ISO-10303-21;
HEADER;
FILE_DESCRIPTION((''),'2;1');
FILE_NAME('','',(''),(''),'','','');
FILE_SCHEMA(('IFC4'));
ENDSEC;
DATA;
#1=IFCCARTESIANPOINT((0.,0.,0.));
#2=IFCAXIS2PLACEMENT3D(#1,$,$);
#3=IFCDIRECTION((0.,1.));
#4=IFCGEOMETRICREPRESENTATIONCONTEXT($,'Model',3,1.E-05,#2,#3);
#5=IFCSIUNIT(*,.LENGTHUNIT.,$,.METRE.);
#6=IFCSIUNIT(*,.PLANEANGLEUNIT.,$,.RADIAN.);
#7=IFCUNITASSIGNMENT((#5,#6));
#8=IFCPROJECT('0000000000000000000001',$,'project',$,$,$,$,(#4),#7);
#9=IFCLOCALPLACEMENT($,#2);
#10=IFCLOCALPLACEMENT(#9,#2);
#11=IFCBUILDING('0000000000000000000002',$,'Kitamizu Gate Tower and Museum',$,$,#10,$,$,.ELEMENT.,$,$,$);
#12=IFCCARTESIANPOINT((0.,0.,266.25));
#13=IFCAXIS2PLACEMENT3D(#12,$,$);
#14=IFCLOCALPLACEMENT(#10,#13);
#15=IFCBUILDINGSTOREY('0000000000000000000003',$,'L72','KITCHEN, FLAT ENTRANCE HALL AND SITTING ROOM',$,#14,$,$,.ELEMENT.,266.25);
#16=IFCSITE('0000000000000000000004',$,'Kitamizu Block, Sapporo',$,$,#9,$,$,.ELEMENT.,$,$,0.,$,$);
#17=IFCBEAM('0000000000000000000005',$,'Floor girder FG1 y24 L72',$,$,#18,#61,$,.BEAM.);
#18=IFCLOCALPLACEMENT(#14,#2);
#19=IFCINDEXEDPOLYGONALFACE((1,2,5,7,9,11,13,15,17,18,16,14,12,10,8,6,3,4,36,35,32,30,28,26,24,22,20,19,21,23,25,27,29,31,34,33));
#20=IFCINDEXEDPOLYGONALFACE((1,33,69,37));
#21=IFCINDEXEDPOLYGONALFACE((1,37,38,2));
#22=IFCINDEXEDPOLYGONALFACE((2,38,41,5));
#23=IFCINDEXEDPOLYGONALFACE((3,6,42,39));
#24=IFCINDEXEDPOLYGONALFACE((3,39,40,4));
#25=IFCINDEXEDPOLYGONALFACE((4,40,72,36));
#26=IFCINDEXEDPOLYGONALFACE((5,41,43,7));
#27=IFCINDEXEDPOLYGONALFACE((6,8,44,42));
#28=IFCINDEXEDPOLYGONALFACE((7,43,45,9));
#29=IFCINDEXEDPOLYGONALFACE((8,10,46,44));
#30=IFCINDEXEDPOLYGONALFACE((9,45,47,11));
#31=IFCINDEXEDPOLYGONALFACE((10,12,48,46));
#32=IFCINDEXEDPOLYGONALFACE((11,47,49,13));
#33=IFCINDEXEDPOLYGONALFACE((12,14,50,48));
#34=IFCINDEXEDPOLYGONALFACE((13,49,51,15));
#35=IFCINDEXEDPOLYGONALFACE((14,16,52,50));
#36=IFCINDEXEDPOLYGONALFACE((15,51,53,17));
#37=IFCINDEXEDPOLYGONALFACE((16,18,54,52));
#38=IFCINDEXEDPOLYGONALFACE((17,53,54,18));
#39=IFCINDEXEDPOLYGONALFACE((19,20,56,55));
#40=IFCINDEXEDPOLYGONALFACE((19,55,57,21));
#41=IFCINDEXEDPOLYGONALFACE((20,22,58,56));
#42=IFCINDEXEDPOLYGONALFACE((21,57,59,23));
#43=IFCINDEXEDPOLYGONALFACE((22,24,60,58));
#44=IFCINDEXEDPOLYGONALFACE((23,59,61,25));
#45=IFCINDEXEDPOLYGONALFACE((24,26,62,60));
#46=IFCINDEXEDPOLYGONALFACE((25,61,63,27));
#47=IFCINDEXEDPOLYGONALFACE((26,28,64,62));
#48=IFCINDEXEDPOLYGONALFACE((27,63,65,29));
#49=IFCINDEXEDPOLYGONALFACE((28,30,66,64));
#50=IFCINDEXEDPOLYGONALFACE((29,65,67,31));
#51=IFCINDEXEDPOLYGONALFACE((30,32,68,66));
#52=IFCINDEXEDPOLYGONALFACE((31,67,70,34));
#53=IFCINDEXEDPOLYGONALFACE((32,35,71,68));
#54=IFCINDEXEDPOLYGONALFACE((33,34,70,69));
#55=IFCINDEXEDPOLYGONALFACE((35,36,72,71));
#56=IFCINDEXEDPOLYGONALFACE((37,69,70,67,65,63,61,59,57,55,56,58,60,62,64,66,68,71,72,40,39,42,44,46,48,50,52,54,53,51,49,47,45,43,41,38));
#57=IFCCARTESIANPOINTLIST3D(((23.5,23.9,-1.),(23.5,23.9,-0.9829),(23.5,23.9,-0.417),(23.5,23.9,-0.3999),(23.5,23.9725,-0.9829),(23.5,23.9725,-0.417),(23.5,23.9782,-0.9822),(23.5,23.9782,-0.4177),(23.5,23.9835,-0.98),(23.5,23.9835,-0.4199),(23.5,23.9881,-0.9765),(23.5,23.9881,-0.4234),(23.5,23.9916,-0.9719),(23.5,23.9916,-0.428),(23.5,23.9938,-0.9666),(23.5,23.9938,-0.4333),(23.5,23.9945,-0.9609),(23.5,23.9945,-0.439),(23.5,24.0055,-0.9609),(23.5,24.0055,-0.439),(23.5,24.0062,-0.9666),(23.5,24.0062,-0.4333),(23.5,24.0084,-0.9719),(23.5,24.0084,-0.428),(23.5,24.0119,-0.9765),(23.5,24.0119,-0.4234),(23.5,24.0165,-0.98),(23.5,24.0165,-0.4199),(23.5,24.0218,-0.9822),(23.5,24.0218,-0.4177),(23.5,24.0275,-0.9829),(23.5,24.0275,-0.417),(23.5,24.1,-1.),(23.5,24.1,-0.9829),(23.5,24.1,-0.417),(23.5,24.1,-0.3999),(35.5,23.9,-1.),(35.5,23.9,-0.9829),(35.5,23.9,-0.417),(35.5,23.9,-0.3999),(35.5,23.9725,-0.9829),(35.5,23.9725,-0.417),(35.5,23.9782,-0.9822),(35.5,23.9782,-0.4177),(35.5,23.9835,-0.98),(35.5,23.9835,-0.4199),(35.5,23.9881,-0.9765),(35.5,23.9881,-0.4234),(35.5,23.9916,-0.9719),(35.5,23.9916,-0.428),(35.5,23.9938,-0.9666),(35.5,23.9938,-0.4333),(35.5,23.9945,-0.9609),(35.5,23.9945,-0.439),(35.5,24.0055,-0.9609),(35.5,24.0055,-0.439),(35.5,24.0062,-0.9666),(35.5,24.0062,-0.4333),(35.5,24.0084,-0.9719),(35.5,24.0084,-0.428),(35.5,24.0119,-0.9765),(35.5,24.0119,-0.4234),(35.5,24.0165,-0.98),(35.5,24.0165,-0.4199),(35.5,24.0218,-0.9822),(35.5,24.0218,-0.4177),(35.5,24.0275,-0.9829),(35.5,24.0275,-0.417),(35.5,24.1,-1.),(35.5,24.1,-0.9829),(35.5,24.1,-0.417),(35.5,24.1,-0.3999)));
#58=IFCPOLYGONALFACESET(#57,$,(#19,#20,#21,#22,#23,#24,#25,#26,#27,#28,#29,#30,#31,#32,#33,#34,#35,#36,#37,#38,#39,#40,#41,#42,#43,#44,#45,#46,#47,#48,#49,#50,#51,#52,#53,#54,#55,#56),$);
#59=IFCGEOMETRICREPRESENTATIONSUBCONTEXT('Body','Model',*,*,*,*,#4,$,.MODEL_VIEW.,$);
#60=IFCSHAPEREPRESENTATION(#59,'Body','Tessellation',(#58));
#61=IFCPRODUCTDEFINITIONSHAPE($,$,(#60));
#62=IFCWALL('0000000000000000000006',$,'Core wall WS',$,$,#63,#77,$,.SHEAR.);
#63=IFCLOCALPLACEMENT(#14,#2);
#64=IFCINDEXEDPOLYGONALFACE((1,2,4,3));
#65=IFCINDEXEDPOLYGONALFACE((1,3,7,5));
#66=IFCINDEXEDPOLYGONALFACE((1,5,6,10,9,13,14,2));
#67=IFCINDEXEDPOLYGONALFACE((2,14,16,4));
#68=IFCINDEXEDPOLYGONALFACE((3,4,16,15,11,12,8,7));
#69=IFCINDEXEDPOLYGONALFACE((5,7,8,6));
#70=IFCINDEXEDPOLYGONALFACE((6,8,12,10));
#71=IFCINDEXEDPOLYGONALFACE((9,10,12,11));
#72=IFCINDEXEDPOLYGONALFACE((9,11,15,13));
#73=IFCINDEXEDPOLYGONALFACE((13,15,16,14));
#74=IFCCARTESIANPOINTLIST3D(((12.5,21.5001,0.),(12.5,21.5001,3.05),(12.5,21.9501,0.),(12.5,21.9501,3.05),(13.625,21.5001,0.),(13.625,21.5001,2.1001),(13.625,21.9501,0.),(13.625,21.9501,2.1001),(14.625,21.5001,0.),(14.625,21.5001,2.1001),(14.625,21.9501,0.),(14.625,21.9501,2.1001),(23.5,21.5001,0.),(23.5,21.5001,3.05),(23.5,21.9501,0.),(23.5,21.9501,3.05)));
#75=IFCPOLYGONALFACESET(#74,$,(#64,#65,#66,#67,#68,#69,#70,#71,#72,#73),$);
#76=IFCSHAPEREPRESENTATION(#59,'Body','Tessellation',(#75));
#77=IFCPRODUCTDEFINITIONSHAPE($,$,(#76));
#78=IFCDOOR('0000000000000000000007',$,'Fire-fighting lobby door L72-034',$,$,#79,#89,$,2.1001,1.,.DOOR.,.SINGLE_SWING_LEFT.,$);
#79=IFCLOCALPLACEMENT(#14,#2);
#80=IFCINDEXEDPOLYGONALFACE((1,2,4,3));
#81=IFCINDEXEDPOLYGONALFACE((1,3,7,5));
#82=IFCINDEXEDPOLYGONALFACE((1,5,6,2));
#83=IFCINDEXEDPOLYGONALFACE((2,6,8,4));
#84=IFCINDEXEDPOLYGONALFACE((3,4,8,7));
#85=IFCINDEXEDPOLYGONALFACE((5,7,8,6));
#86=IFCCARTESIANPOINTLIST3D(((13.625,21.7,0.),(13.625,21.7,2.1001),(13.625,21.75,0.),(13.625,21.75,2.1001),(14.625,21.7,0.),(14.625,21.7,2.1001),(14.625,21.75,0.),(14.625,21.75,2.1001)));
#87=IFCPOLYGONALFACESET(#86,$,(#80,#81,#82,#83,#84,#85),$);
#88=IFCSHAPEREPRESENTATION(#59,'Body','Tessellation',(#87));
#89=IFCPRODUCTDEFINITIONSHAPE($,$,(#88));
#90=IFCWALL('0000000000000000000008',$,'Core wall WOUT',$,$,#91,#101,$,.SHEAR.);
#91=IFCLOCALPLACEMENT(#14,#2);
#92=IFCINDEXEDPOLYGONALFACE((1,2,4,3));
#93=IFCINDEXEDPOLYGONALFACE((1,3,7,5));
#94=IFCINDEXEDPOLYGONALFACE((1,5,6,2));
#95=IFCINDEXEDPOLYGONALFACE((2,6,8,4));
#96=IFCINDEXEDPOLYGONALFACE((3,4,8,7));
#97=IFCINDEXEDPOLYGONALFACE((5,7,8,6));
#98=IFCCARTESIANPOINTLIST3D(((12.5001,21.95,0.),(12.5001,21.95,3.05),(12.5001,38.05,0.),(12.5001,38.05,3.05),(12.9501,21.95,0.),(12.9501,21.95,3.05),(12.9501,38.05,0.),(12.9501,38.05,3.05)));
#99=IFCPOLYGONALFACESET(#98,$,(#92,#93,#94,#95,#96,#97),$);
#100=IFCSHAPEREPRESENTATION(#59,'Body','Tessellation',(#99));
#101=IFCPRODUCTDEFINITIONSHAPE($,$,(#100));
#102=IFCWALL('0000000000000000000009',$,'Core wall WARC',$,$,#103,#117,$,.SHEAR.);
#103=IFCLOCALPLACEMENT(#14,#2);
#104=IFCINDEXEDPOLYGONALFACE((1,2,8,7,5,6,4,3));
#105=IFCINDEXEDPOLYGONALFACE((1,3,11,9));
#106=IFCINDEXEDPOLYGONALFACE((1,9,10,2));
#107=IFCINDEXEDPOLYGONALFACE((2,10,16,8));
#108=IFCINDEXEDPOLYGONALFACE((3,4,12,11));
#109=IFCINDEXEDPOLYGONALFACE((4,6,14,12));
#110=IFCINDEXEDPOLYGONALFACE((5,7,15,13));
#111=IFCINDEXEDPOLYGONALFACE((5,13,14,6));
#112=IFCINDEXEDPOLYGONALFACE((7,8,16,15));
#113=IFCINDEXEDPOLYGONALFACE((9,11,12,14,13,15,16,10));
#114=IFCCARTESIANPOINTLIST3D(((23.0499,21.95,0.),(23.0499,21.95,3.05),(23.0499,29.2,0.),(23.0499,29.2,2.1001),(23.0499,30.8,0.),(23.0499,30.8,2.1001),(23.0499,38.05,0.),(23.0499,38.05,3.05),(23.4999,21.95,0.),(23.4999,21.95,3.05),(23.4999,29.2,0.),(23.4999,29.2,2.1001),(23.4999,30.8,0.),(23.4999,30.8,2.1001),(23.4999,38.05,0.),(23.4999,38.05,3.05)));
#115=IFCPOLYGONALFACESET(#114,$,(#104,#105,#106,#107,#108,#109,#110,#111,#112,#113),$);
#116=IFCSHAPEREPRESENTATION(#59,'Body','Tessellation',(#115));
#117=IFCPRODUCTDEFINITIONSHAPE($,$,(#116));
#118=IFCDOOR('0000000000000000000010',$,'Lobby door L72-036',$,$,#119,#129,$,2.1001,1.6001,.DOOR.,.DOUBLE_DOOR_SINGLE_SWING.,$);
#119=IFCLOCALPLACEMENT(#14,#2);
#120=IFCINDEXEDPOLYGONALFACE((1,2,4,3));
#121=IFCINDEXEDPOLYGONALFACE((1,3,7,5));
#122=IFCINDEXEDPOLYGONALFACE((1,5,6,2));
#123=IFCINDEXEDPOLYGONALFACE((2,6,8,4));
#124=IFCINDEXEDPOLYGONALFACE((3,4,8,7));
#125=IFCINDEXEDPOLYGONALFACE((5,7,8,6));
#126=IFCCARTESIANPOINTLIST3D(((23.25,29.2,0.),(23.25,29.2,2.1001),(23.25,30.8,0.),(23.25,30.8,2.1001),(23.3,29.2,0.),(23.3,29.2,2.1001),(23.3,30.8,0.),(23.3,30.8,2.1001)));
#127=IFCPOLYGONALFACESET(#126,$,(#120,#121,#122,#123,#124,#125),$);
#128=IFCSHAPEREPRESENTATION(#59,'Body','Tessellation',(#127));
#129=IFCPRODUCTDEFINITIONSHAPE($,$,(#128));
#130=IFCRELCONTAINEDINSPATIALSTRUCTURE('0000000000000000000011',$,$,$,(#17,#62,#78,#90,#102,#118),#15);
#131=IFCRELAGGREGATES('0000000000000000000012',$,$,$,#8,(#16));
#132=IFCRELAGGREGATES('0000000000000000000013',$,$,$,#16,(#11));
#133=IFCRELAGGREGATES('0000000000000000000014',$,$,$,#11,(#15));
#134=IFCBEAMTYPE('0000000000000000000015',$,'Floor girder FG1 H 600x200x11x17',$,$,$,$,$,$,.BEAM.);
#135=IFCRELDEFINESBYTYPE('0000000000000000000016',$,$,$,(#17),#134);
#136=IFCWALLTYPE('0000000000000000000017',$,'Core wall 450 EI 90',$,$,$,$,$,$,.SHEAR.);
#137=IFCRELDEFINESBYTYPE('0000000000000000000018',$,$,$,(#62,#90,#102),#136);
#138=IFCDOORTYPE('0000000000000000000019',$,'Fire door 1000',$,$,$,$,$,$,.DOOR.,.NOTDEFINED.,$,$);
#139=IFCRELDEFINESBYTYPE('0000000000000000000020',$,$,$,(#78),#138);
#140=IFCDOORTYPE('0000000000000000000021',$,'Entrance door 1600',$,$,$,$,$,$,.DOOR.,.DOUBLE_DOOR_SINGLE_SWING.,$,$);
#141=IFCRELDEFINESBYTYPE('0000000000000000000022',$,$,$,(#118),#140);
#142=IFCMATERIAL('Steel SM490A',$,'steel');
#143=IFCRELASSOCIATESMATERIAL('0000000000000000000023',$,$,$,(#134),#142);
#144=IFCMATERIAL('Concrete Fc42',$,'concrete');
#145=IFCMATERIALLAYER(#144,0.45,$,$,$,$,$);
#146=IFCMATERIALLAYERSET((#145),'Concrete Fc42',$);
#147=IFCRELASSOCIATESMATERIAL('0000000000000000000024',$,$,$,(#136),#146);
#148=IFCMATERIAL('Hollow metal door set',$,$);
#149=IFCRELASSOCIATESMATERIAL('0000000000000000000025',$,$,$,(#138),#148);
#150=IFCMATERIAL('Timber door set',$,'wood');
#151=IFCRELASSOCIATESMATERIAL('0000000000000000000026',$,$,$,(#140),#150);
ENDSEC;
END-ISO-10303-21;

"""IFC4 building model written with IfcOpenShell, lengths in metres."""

from ifc_helpers import new_model, si_unit, direction, frame, frame_2d, origin, origin_2d, place, context, subcontext, project, spatial, rectangle, i_section, extrude, material, layer, layer_set, material_profile, profile_set, type_object, element, fill, save


model = new_model("IFC4")

# Units and contexts
model_context = context("Model", 3, precision=1e-05, world=origin(), true_north=direction((0.0, 1.0)))
body_context = subcontext(model_context, "Body", "Model", "MODEL_VIEW")
ifc_project = project(units=[si_unit("LENGTHUNIT", "METRE"), si_unit("PLANEANGLEUNIT", "RADIAN")], contexts=[model_context])

# Site, building, storey
site_placement = place(None, origin())
site = spatial("IfcSite", under=ifc_project, at=site_placement, Name="Kitamizu Block, Sapporo", CompositionType="ELEMENT", RefElevation=0.0)
building_placement = place(site_placement, origin())
building = spatial("IfcBuilding", under=site, at=building_placement, Name="Kitamizu Gate Tower and Museum", CompositionType="ELEMENT")
storey_placement = place(building_placement, frame((0.0, 0.0, 266.25)))
storey = spatial("IfcBuildingStorey", under=building, at=storey_placement, Name="L72", Description="KITCHEN, FLAT ENTRANCE HALL AND SITTING ROOM", CompositionType="ELEMENT", Elevation=266.25)

# Beam
ifc_material_1 = material(Name="Steel SM490A", Category="steel")
ifc_material_profile = material_profile(ifc_material_1, i_section(OverallWidth=0.2, OverallDepth=0.6001, WebThickness=0.011, FlangeThickness=0.0171, FilletRadius=0.022, at=origin_2d()), Name="H-600x200x11x17")
ifc_profile_set = profile_set([ifc_material_profile], Name="Steel SM490A")
beam_type = type_object("IfcBeamType", Name="Floor girder FG1 H 600x200x11x17", PredefinedType="BEAM", material=ifc_profile_set)
beam_placement = place(storey_placement, frame((23.5, 24.0, -0.7), z_axis=(1.0, 0.0, 0.0), x_axis=(0.0, 1.0, 0.0)))
element("IfcBeam", 1, at=beam_placement, inside=storey, type_object=beam_type, Name="Floor girder FG1 y24 L72", PredefinedType="BEAM", context=body_context, shape_type="SweptSolid", body=[
    extrude(i_section(OverallWidth=0.2, OverallDepth=0.6001, WebThickness=0.011, FlangeThickness=0.0171, FilletRadius=0.022, at=origin_2d()), origin(), (0.0, 0.0, 1.0), 12.0),
])

# Wall, opening, door
ifc_material_2 = material(Name="Concrete Fc42", Category="concrete")
ifc_layer_1 = layer(ifc_material_2, 0.45)
ifc_layer_set_1 = layer_set([ifc_layer_1], Name="Concrete Fc42")
wall_type_1 = type_object("IfcWallType", Name="Core wall 450 EI 90", PredefinedType="SHEAR", material=ifc_layer_set_1)
wall_1_placement = place(storey_placement, frame((12.5, 21.7251, 0.0), z_axis=(0.0, 0.0, 1.0), x_axis=(1.0, 0.0, 0.0)))
wall_1 = element("IfcWall", 2, at=wall_1_placement, inside=storey, type_object=wall_type_1, Name="Core wall WS", PredefinedType="SHEAR", context=body_context, shape_type="SweptSolid", body=[
    extrude(rectangle(XDim=11.0, YDim=0.45, at=frame_2d((5.5, 0.0))), origin(), (0.0, 0.0, 1.0), 3.05),
])
opening_1_placement = place(wall_1_placement, frame((1.125, 0.0, 0.0)))
opening_1 = element("IfcOpeningElement", 3, at=opening_1_placement, cuts=wall_1, PredefinedType="OPENING", context=body_context, shape_type="SweptSolid", body=[
    extrude(rectangle(XDim=1.0, YDim=2.1001, at=frame_2d((0.5, 1.05))), frame((0.0, 0.2349, 0.0), z_axis=(0.0, -1.0, 0.0), x_axis=(1.0, 0.0, 0.0)), (0.0, 0.0, 1.0), 0.47),
])
ifc_material_3 = material(Name="Hollow metal door set")
door_type_1 = type_object("IfcDoorType", Name="Fire door 1000", OperationType="NOTDEFINED", PredefinedType="DOOR", material=ifc_material_3)
door_1_placement = place(opening_1_placement, origin())
door_1 = element("IfcDoor", 4, at=door_1_placement, inside=storey, type_object=door_type_1, Name="Fire-fighting lobby door L72-034", OperationType="SINGLE_SWING_LEFT", OverallHeight=2.1001, OverallWidth=1.0, PredefinedType="DOOR", context=body_context, shape_type="SweptSolid", body=[
    extrude(rectangle(XDim=1.0, YDim=2.1001, at=frame_2d((0.5, 1.05))), frame((0.0, 0.0249, 0.0), z_axis=(0.0, -1.0, 0.0), x_axis=(1.0, 0.0, 0.0)), (0.0, 0.0, 1.0), 0.05),
])
fill(opening_1, door_1)

# Wall
wall_2_placement = place(storey_placement, frame((12.7251, 21.95, 0.0), z_axis=(0.0, 0.0, 1.0), x_axis=(0.0, 1.0, 0.0)))
element("IfcWall", 5, at=wall_2_placement, inside=storey, type_object=wall_type_1, Name="Core wall WOUT", PredefinedType="SHEAR", context=body_context, shape_type="SweptSolid", body=[
    extrude(rectangle(XDim=16.1001, YDim=0.45, at=frame_2d((8.05, 0.0))), origin(), (0.0, 0.0, 1.0), 3.05),
])

# Wall, opening, door
wall_3_placement = place(storey_placement, frame((23.2749, 21.95, 0.0), z_axis=(0.0, 0.0, 1.0), x_axis=(0.0, 1.0, 0.0)))
wall_3 = element("IfcWall", 6, at=wall_3_placement, inside=storey, type_object=wall_type_1, Name="Core wall WARC", PredefinedType="SHEAR", context=body_context, shape_type="SweptSolid", body=[
    extrude(rectangle(XDim=16.1001, YDim=0.45, at=frame_2d((8.05, 0.0))), origin(), (0.0, 0.0, 1.0), 3.05),
])
opening_2_placement = place(wall_3_placement, frame((7.25, 0.0, 0.0)))
opening_2 = element("IfcOpeningElement", 7, at=opening_2_placement, cuts=wall_3, PredefinedType="OPENING", context=body_context, shape_type="SweptSolid", body=[
    extrude(rectangle(XDim=1.6001, YDim=2.1001, at=frame_2d((0.8, 1.05))), frame((0.0, 0.2349, 0.0), z_axis=(0.0, -1.0, 0.0), x_axis=(1.0, 0.0, 0.0)), (0.0, 0.0, 1.0), 0.47),
])
ifc_material_4 = material(Name="Timber door set", Category="wood")
door_type_2 = type_object("IfcDoorType", Name="Entrance door 1600", OperationType="DOUBLE_DOOR_SINGLE_SWING", PredefinedType="DOOR", material=ifc_material_4)
door_2_placement = place(opening_2_placement, origin())
door_2 = element("IfcDoor", 8, at=door_2_placement, inside=storey, type_object=door_type_2, Name="Lobby door L72-036", OperationType="DOUBLE_DOOR_SINGLE_SWING", OverallHeight=2.1001, OverallWidth=1.6001, PredefinedType="DOOR", context=body_context, shape_type="SweptSolid", body=[
    extrude(rectangle(XDim=1.6001, YDim=2.1001, at=frame_2d((0.8, 1.05))), frame((0.0, 0.0249, 0.0), z_axis=(0.0, -1.0, 0.0), x_axis=(1.0, 0.0, 0.0)), (0.0, 0.0, 1.0), 0.05),
])
fill(opening_2, door_2)

save(model, "model.ifc")
